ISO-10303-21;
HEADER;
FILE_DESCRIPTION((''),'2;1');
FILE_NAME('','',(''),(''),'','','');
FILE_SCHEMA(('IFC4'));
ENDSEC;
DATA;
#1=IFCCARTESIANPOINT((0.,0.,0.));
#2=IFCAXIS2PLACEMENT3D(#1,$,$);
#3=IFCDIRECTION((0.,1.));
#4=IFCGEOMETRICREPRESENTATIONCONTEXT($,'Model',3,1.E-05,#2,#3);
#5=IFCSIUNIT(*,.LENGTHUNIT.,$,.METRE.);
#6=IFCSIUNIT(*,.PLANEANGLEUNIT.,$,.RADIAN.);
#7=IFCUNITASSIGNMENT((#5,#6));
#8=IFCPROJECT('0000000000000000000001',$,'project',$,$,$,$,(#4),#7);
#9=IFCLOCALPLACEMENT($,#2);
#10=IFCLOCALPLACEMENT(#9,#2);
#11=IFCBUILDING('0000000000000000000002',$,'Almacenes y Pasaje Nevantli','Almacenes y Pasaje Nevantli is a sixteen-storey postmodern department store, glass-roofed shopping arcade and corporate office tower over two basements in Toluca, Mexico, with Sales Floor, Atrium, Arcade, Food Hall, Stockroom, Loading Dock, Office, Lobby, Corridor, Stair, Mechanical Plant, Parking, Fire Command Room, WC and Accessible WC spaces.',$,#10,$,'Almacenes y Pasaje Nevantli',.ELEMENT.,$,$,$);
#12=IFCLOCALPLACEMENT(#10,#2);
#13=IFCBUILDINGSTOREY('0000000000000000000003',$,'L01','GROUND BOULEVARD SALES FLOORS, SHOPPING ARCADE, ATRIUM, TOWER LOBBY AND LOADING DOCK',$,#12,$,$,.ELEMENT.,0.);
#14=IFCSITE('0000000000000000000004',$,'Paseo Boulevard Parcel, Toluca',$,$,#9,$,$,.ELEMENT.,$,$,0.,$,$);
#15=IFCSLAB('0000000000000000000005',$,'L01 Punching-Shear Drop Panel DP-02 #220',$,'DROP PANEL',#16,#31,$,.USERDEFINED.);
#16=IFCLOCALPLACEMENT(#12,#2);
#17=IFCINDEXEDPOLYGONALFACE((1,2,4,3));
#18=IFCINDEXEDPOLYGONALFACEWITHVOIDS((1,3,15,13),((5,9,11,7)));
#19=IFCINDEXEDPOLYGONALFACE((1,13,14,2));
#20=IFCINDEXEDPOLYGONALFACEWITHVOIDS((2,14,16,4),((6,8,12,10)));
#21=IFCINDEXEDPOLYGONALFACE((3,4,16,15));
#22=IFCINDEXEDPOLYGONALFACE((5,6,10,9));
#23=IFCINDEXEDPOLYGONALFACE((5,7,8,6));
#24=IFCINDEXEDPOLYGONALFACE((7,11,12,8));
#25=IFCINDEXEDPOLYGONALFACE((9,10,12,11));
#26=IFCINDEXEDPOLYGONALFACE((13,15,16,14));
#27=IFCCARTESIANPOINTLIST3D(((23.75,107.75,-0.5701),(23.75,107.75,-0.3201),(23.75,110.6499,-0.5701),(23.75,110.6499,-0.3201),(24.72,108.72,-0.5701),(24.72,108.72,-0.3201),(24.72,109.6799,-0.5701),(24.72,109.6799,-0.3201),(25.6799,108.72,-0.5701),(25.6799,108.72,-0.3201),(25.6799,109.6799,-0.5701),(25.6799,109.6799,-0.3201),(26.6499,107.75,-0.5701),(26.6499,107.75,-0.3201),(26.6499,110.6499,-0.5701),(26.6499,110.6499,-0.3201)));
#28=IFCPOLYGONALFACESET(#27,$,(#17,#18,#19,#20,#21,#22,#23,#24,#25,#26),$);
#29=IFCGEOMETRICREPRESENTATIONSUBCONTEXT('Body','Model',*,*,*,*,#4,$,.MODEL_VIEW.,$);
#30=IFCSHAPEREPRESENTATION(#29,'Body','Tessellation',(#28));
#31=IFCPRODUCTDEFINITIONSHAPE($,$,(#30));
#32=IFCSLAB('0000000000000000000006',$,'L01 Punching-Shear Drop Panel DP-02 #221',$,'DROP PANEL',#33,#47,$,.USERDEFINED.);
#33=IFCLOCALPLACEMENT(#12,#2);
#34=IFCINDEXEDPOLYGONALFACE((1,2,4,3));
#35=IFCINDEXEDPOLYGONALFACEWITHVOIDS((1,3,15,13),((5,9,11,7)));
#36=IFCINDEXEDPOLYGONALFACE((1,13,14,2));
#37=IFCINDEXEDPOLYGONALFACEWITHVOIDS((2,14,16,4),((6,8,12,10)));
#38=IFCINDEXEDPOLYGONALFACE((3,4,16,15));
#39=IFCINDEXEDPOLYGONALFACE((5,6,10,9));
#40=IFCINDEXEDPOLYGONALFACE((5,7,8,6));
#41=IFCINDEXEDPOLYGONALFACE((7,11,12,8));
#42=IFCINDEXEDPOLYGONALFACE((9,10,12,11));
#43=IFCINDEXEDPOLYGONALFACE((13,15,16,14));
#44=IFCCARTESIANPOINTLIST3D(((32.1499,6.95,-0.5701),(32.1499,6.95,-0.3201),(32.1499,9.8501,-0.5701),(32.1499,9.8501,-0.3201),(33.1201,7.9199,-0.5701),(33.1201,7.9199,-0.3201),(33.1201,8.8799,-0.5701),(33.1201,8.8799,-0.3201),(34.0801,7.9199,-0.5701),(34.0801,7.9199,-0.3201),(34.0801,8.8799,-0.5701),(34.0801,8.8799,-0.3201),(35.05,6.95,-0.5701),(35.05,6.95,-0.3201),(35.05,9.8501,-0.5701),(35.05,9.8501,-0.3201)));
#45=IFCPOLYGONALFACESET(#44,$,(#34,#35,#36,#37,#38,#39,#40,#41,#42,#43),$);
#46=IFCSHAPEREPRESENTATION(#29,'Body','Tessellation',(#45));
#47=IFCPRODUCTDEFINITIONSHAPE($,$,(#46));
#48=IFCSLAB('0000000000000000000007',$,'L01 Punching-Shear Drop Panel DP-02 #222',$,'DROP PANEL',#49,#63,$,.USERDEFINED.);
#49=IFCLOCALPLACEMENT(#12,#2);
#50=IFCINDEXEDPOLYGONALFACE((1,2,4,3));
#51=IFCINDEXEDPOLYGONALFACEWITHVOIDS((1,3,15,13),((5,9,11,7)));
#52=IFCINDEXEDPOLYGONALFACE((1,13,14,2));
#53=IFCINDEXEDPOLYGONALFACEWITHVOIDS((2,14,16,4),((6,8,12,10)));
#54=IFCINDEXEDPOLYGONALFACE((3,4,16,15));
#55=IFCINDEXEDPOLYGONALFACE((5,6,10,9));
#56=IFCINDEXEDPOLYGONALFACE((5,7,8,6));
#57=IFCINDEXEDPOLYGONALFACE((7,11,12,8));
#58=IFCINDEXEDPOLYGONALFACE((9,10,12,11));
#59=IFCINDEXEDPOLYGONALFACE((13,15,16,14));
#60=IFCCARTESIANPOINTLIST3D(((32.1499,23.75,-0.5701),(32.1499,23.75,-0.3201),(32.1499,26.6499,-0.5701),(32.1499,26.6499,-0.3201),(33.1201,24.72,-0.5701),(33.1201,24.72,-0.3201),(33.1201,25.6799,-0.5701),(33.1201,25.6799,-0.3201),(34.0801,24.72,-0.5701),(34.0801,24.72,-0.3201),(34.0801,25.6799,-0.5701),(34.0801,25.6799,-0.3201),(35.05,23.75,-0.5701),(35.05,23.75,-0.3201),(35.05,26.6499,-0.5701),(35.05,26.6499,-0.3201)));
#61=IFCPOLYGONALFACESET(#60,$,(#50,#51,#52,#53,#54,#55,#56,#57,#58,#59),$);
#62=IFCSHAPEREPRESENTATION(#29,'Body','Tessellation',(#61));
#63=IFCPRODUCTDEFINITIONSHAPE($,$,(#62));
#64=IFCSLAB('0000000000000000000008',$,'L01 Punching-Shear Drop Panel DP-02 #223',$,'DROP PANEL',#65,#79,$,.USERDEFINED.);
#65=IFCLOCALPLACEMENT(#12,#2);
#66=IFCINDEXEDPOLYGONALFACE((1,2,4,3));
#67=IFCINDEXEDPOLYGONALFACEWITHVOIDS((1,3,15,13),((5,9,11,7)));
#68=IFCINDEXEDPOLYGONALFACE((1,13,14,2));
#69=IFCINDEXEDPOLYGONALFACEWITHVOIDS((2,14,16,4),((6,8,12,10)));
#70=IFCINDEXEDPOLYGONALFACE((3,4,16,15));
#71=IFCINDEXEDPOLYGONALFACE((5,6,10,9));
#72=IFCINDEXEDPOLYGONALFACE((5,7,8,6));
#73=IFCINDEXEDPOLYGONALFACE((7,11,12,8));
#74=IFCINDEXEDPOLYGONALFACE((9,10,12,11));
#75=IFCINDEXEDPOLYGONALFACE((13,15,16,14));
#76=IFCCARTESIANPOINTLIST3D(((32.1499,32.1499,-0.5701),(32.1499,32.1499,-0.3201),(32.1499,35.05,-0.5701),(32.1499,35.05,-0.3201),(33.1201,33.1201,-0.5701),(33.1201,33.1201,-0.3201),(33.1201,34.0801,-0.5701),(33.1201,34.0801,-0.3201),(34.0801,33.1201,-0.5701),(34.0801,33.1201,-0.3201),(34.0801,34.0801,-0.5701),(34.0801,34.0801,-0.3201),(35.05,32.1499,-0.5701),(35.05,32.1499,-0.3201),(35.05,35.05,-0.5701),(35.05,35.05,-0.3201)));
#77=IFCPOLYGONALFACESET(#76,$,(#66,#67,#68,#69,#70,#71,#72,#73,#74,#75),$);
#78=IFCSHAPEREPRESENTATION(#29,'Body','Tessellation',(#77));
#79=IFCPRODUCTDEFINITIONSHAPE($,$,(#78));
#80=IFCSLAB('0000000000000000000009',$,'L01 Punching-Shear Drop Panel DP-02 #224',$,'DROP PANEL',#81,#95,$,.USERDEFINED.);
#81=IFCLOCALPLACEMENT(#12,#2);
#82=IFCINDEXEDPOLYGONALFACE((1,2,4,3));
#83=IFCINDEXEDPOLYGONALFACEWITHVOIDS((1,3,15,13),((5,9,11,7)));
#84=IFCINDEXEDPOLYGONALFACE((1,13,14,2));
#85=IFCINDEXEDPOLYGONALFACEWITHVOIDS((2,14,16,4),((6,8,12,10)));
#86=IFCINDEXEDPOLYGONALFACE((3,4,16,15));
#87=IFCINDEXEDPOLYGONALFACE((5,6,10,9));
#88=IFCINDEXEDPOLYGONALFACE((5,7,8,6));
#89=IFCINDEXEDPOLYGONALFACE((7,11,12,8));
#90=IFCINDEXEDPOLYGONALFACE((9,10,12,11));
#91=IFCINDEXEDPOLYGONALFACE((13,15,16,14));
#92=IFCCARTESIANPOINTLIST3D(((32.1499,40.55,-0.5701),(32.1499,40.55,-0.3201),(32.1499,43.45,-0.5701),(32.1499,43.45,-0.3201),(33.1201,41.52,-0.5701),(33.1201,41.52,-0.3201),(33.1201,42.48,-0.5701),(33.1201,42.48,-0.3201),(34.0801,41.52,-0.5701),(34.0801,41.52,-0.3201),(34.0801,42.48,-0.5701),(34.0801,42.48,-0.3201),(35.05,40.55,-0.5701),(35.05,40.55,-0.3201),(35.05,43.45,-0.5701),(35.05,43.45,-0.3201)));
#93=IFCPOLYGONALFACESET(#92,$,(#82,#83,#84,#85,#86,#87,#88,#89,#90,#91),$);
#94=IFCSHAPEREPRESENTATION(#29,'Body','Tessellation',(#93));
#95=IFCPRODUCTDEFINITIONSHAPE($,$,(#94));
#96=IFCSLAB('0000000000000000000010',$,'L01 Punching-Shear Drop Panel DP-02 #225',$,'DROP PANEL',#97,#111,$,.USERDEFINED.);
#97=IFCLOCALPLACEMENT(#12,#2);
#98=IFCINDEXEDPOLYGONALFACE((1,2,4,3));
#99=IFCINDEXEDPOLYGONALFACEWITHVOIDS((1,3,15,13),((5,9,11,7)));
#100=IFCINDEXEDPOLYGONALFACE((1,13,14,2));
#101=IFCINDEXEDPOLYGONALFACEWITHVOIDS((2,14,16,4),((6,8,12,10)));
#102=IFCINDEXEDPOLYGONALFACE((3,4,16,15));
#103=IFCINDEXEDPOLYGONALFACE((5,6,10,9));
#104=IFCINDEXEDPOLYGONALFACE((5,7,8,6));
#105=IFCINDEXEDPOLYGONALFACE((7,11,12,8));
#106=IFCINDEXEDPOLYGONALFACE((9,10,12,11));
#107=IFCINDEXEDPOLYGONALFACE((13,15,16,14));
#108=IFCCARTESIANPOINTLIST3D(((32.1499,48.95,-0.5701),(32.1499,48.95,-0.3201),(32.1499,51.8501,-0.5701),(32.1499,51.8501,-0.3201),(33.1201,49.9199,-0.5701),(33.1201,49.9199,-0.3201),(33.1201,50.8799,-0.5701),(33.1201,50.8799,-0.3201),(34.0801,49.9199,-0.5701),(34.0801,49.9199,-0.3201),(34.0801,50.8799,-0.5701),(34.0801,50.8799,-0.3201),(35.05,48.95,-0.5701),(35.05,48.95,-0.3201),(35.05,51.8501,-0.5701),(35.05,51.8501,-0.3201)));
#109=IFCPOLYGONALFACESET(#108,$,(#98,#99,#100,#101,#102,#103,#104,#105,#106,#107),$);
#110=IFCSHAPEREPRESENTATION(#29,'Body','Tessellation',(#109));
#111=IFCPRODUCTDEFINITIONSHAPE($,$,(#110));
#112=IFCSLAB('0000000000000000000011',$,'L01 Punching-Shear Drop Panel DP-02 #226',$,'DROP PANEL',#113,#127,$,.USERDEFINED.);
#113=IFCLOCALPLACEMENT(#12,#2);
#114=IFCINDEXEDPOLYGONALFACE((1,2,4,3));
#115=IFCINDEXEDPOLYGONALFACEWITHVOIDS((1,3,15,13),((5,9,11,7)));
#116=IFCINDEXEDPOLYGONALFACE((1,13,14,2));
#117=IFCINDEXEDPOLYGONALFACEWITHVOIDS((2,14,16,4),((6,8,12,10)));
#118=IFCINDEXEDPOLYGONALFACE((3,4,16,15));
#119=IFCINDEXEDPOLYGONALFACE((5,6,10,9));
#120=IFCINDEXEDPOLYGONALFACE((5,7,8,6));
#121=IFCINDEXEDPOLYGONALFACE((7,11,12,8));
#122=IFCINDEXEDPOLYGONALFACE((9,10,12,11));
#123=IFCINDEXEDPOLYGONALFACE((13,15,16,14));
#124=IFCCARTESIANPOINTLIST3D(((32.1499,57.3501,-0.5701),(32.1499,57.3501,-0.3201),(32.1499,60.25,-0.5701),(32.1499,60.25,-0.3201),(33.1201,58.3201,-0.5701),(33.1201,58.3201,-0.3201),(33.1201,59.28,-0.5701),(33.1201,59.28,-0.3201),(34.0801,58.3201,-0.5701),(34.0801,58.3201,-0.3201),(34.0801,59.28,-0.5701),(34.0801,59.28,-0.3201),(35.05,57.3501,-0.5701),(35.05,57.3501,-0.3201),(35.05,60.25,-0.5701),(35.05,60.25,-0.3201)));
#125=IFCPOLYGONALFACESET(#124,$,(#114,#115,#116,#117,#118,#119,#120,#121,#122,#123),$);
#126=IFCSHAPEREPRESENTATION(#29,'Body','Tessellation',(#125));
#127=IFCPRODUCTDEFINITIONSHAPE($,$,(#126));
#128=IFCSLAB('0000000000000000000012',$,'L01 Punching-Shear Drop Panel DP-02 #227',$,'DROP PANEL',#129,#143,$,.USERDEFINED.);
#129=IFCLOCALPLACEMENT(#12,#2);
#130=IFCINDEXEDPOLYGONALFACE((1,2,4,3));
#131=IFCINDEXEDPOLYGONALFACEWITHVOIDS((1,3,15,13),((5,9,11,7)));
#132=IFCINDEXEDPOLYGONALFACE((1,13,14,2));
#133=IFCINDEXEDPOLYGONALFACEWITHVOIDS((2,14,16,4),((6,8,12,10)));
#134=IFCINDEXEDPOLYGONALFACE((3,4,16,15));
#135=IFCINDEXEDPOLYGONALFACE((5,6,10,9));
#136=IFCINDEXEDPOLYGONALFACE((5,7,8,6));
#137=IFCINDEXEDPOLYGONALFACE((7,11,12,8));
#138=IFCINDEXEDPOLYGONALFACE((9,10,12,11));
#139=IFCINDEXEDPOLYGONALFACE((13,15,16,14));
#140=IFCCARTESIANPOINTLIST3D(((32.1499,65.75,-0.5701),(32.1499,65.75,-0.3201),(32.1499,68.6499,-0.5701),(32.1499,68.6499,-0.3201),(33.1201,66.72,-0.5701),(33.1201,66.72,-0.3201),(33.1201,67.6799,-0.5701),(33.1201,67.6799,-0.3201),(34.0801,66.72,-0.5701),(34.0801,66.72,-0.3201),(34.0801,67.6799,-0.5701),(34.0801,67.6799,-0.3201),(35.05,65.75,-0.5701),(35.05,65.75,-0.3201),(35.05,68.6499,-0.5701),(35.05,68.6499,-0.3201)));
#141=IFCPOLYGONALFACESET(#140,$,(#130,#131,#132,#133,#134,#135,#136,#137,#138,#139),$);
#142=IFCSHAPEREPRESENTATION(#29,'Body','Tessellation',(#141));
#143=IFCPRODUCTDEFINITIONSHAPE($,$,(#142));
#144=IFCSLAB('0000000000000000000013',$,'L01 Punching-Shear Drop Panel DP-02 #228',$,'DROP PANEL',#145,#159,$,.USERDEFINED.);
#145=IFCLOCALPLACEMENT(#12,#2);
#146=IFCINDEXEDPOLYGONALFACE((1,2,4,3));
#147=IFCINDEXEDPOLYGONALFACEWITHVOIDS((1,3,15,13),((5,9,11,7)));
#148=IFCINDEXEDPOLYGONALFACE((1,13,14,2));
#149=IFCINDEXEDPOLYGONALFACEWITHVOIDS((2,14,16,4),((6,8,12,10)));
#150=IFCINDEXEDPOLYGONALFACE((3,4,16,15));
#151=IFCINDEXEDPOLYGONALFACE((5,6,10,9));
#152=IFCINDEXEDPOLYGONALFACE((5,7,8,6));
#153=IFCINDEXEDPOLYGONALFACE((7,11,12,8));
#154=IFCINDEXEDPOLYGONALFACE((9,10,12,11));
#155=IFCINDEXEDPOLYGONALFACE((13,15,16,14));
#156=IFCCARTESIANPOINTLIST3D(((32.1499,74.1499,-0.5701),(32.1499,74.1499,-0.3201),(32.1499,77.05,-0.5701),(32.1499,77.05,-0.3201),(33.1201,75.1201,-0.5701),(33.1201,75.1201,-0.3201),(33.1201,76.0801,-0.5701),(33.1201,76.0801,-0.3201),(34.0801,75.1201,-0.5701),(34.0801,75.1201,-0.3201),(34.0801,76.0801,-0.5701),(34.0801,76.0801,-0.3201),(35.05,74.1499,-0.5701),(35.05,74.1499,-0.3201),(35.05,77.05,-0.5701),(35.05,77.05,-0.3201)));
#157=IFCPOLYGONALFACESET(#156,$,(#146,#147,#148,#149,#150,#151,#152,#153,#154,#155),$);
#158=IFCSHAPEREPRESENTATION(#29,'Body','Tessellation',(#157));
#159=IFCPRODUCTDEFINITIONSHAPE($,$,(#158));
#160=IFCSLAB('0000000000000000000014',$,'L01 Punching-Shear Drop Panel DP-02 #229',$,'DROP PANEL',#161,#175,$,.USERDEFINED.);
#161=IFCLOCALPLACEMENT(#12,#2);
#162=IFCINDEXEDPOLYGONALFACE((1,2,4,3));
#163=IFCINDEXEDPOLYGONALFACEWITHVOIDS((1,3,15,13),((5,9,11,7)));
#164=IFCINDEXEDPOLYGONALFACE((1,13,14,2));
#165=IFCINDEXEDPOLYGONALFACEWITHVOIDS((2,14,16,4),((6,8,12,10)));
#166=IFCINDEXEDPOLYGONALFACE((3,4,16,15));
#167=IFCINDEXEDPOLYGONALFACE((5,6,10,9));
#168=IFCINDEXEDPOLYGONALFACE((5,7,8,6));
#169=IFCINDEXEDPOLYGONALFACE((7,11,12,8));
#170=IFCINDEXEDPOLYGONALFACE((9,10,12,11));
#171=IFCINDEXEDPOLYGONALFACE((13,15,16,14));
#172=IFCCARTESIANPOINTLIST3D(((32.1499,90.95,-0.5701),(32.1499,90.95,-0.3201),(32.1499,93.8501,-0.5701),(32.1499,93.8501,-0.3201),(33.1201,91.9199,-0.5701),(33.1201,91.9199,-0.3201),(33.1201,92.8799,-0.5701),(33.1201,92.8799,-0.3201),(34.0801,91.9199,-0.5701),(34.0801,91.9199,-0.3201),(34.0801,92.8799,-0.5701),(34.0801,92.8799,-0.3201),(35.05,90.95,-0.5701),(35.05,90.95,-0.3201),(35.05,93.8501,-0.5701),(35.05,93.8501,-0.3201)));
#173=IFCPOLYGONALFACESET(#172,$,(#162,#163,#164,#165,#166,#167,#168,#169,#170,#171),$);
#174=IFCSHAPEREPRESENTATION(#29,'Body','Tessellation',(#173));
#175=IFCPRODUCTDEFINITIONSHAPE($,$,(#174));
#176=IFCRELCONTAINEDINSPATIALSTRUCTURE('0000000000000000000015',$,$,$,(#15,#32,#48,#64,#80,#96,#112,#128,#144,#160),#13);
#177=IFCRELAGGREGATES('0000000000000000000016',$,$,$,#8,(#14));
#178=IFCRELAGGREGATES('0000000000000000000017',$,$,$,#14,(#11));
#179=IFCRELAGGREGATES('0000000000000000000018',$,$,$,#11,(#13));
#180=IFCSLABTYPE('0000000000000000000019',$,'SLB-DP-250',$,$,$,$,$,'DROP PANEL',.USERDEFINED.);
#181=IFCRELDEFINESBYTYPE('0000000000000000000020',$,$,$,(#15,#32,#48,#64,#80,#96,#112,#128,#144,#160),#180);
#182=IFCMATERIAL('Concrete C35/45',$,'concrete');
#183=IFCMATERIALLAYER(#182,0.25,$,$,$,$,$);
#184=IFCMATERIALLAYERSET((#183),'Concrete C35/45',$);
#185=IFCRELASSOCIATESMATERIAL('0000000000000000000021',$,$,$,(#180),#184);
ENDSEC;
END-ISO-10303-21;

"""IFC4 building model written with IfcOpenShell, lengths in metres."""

from ifc_helpers import new_model, si_unit, direction, frame, origin, place, context, subcontext, project, spatial, polyline, outline, extrude, material, layer, layer_set, type_object, element, save


model = new_model("IFC4")

# Units and contexts
model_context = context("Model", 3, precision=1e-05, world=origin(), true_north=direction((0.0, 1.0)))
body_context = subcontext(model_context, "Body", "Model", "MODEL_VIEW")
ifc_project = project(units=[si_unit("LENGTHUNIT", "METRE"), si_unit("PLANEANGLEUNIT", "RADIAN")], contexts=[model_context])

# Site, building, storey
site_placement = place(None, origin())
site = spatial("IfcSite", under=ifc_project, at=site_placement, Name="Paseo Boulevard Parcel, Toluca", CompositionType="ELEMENT", RefElevation=0.0)
building_placement = place(site_placement, origin())
building = spatial("IfcBuilding", under=site, at=building_placement, Name="Almacenes y Pasaje Nevantli", Description="Almacenes y Pasaje Nevantli is a sixteen-storey postmodern department store, glass-roofed shopping arcade and corporate office tower over two basements in Toluca, Mexico, with Sales Floor, Atrium, Arcade, Food Hall, Stockroom, Loading Dock, Office, Lobby, Corridor, Stair, Mechanical Plant, Parking, Fire Command Room, WC and Accessible WC spaces.", LongName="Almacenes y Pasaje Nevantli", CompositionType="ELEMENT")
storey_placement = place(building_placement, origin())
storey = spatial("IfcBuildingStorey", under=building, at=storey_placement, Name="L01", Description="GROUND BOULEVARD SALES FLOORS, SHOPPING ARCADE, ATRIUM, TOWER LOBBY AND LOADING DOCK", CompositionType="ELEMENT", Elevation=0.0)

# Slabs
ifc_material = material(Name="Concrete C35/45", Category="concrete")
ifc_layer = layer(ifc_material, 0.25)
ifc_layer_set = layer_set([ifc_layer], Name="Concrete C35/45")
slab_type = type_object("IfcSlabType", Name="SLB-DP-250", ElementType="DROP PANEL", PredefinedType="USERDEFINED", material=ifc_layer_set)
slab_1_placement = place(storey_placement, frame((0.0, 0.0, -0.5701)))
element("IfcSlab", 1, at=slab_1_placement, inside=storey, type_object=slab_type, Name="L01 Punching-Shear Drop Panel DP-02 #220", ObjectType="DROP PANEL", PredefinedType="USERDEFINED", context=body_context, shape_type="SweptSolid", body=[
    extrude(outline(polyline([(23.75, 107.75), (26.6499, 107.75), (26.6499, 110.6499), (23.75, 110.6499), (23.75, 107.75)]), holes=[polyline([(24.72, 108.72), (25.6799, 108.72), (25.6799, 109.6799), (24.72, 109.6799), (24.72, 108.72)])]), origin(), (0.0, 0.0, 1.0), 0.25),
])
slab_2_placement = place(storey_placement, frame((0.0, 0.0, -0.5701)))
element("IfcSlab", 2, at=slab_2_placement, inside=storey, type_object=slab_type, Name="L01 Punching-Shear Drop Panel DP-02 #221", ObjectType="DROP PANEL", PredefinedType="USERDEFINED", context=body_context, shape_type="SweptSolid", body=[
    extrude(outline(polyline([(32.1499, 6.95), (35.05, 6.95), (35.05, 9.8501), (32.1499, 9.8501), (32.1499, 6.95)]), holes=[polyline([(33.1201, 7.9199), (34.0801, 7.9199), (34.0801, 8.8799), (33.1201, 8.8799), (33.1201, 7.9199)])]), origin(), (0.0, 0.0, 1.0), 0.25),
])
slab_3_placement = place(storey_placement, frame((0.0, 0.0, -0.5701)))
element("IfcSlab", 3, at=slab_3_placement, inside=storey, type_object=slab_type, Name="L01 Punching-Shear Drop Panel DP-02 #222", ObjectType="DROP PANEL", PredefinedType="USERDEFINED", context=body_context, shape_type="SweptSolid", body=[
    extrude(outline(polyline([(32.1499, 23.75), (35.05, 23.75), (35.05, 26.6499), (32.1499, 26.6499), (32.1499, 23.75)]), holes=[polyline([(33.1201, 24.72), (34.0801, 24.72), (34.0801, 25.6799), (33.1201, 25.6799), (33.1201, 24.72)])]), origin(), (0.0, 0.0, 1.0), 0.25),
])
slab_4_placement = place(storey_placement, frame((0.0, 0.0, -0.5701)))
element("IfcSlab", 4, at=slab_4_placement, inside=storey, type_object=slab_type, Name="L01 Punching-Shear Drop Panel DP-02 #223", ObjectType="DROP PANEL", PredefinedType="USERDEFINED", context=body_context, shape_type="SweptSolid", body=[
    extrude(outline(polyline([(32.1499, 32.1499), (35.05, 32.1499), (35.05, 35.05), (32.1499, 35.05), (32.1499, 32.1499)]), holes=[polyline([(33.1201, 33.1201), (34.0801, 33.1201), (34.0801, 34.0801), (33.1201, 34.0801), (33.1201, 33.1201)])]), origin(), (0.0, 0.0, 1.0), 0.25),
])
slab_5_placement = place(storey_placement, frame((0.0, 0.0, -0.5701)))
element("IfcSlab", 5, at=slab_5_placement, inside=storey, type_object=slab_type, Name="L01 Punching-Shear Drop Panel DP-02 #224", ObjectType="DROP PANEL", PredefinedType="USERDEFINED", context=body_context, shape_type="SweptSolid", body=[
    extrude(outline(polyline([(32.1499, 40.55), (35.05, 40.55), (35.05, 43.45), (32.1499, 43.45), (32.1499, 40.55)]), holes=[polyline([(33.1201, 41.52), (34.0801, 41.52), (34.0801, 42.48), (33.1201, 42.48), (33.1201, 41.52)])]), origin(), (0.0, 0.0, 1.0), 0.25),
])
slab_6_placement = place(storey_placement, frame((0.0, 0.0, -0.5701)))
element("IfcSlab", 6, at=slab_6_placement, inside=storey, type_object=slab_type, Name="L01 Punching-Shear Drop Panel DP-02 #225", ObjectType="DROP PANEL", PredefinedType="USERDEFINED", context=body_context, shape_type="SweptSolid", body=[
    extrude(outline(polyline([(32.1499, 48.95), (35.05, 48.95), (35.05, 51.8501), (32.1499, 51.8501), (32.1499, 48.95)]), holes=[polyline([(33.1201, 49.9199), (34.0801, 49.9199), (34.0801, 50.8799), (33.1201, 50.8799), (33.1201, 49.9199)])]), origin(), (0.0, 0.0, 1.0), 0.25),
])
slab_7_placement = place(storey_placement, frame((0.0, 0.0, -0.5701)))
element("IfcSlab", 7, at=slab_7_placement, inside=storey, type_object=slab_type, Name="L01 Punching-Shear Drop Panel DP-02 #226", ObjectType="DROP PANEL", PredefinedType="USERDEFINED", context=body_context, shape_type="SweptSolid", body=[
    extrude(outline(polyline([(32.1499, 57.3501), (35.05, 57.3501), (35.05, 60.25), (32.1499, 60.25), (32.1499, 57.3501)]), holes=[polyline([(33.1201, 58.3201), (34.0801, 58.3201), (34.0801, 59.28), (33.1201, 59.28), (33.1201, 58.3201)])]), origin(), (0.0, 0.0, 1.0), 0.25),
])
slab_8_placement = place(storey_placement, frame((0.0, 0.0, -0.5701)))
element("IfcSlab", 8, at=slab_8_placement, inside=storey, type_object=slab_type, Name="L01 Punching-Shear Drop Panel DP-02 #227", ObjectType="DROP PANEL", PredefinedType="USERDEFINED", context=body_context, shape_type="SweptSolid", body=[
    extrude(outline(polyline([(32.1499, 65.75), (35.05, 65.75), (35.05, 68.6499), (32.1499, 68.6499), (32.1499, 65.75)]), holes=[polyline([(33.1201, 66.72), (34.0801, 66.72), (34.0801, 67.6799), (33.1201, 67.6799), (33.1201, 66.72)])]), origin(), (0.0, 0.0, 1.0), 0.25),
])
slab_9_placement = place(storey_placement, frame((0.0, 0.0, -0.5701)))
element("IfcSlab", 9, at=slab_9_placement, inside=storey, type_object=slab_type, Name="L01 Punching-Shear Drop Panel DP-02 #228", ObjectType="DROP PANEL", PredefinedType="USERDEFINED", context=body_context, shape_type="SweptSolid", body=[
    extrude(outline(polyline([(32.1499, 74.1499), (35.05, 74.1499), (35.05, 77.05), (32.1499, 77.05), (32.1499, 74.1499)]), holes=[polyline([(33.1201, 75.1201), (34.0801, 75.1201), (34.0801, 76.0801), (33.1201, 76.0801), (33.1201, 75.1201)])]), origin(), (0.0, 0.0, 1.0), 0.25),
])
slab_10_placement = place(storey_placement, frame((0.0, 0.0, -0.5701)))
element("IfcSlab", 10, at=slab_10_placement, inside=storey, type_object=slab_type, Name="L01 Punching-Shear Drop Panel DP-02 #229", ObjectType="DROP PANEL", PredefinedType="USERDEFINED", context=body_context, shape_type="SweptSolid", body=[
    extrude(outline(polyline([(32.1499, 90.95), (35.05, 90.95), (35.05, 93.8501), (32.1499, 93.8501), (32.1499, 90.95)]), holes=[polyline([(33.1201, 91.9199), (34.0801, 91.9199), (34.0801, 92.8799), (33.1201, 92.8799), (33.1201, 91.9199)])]), origin(), (0.0, 0.0, 1.0), 0.25),
])

save(model, "model.ifc")
